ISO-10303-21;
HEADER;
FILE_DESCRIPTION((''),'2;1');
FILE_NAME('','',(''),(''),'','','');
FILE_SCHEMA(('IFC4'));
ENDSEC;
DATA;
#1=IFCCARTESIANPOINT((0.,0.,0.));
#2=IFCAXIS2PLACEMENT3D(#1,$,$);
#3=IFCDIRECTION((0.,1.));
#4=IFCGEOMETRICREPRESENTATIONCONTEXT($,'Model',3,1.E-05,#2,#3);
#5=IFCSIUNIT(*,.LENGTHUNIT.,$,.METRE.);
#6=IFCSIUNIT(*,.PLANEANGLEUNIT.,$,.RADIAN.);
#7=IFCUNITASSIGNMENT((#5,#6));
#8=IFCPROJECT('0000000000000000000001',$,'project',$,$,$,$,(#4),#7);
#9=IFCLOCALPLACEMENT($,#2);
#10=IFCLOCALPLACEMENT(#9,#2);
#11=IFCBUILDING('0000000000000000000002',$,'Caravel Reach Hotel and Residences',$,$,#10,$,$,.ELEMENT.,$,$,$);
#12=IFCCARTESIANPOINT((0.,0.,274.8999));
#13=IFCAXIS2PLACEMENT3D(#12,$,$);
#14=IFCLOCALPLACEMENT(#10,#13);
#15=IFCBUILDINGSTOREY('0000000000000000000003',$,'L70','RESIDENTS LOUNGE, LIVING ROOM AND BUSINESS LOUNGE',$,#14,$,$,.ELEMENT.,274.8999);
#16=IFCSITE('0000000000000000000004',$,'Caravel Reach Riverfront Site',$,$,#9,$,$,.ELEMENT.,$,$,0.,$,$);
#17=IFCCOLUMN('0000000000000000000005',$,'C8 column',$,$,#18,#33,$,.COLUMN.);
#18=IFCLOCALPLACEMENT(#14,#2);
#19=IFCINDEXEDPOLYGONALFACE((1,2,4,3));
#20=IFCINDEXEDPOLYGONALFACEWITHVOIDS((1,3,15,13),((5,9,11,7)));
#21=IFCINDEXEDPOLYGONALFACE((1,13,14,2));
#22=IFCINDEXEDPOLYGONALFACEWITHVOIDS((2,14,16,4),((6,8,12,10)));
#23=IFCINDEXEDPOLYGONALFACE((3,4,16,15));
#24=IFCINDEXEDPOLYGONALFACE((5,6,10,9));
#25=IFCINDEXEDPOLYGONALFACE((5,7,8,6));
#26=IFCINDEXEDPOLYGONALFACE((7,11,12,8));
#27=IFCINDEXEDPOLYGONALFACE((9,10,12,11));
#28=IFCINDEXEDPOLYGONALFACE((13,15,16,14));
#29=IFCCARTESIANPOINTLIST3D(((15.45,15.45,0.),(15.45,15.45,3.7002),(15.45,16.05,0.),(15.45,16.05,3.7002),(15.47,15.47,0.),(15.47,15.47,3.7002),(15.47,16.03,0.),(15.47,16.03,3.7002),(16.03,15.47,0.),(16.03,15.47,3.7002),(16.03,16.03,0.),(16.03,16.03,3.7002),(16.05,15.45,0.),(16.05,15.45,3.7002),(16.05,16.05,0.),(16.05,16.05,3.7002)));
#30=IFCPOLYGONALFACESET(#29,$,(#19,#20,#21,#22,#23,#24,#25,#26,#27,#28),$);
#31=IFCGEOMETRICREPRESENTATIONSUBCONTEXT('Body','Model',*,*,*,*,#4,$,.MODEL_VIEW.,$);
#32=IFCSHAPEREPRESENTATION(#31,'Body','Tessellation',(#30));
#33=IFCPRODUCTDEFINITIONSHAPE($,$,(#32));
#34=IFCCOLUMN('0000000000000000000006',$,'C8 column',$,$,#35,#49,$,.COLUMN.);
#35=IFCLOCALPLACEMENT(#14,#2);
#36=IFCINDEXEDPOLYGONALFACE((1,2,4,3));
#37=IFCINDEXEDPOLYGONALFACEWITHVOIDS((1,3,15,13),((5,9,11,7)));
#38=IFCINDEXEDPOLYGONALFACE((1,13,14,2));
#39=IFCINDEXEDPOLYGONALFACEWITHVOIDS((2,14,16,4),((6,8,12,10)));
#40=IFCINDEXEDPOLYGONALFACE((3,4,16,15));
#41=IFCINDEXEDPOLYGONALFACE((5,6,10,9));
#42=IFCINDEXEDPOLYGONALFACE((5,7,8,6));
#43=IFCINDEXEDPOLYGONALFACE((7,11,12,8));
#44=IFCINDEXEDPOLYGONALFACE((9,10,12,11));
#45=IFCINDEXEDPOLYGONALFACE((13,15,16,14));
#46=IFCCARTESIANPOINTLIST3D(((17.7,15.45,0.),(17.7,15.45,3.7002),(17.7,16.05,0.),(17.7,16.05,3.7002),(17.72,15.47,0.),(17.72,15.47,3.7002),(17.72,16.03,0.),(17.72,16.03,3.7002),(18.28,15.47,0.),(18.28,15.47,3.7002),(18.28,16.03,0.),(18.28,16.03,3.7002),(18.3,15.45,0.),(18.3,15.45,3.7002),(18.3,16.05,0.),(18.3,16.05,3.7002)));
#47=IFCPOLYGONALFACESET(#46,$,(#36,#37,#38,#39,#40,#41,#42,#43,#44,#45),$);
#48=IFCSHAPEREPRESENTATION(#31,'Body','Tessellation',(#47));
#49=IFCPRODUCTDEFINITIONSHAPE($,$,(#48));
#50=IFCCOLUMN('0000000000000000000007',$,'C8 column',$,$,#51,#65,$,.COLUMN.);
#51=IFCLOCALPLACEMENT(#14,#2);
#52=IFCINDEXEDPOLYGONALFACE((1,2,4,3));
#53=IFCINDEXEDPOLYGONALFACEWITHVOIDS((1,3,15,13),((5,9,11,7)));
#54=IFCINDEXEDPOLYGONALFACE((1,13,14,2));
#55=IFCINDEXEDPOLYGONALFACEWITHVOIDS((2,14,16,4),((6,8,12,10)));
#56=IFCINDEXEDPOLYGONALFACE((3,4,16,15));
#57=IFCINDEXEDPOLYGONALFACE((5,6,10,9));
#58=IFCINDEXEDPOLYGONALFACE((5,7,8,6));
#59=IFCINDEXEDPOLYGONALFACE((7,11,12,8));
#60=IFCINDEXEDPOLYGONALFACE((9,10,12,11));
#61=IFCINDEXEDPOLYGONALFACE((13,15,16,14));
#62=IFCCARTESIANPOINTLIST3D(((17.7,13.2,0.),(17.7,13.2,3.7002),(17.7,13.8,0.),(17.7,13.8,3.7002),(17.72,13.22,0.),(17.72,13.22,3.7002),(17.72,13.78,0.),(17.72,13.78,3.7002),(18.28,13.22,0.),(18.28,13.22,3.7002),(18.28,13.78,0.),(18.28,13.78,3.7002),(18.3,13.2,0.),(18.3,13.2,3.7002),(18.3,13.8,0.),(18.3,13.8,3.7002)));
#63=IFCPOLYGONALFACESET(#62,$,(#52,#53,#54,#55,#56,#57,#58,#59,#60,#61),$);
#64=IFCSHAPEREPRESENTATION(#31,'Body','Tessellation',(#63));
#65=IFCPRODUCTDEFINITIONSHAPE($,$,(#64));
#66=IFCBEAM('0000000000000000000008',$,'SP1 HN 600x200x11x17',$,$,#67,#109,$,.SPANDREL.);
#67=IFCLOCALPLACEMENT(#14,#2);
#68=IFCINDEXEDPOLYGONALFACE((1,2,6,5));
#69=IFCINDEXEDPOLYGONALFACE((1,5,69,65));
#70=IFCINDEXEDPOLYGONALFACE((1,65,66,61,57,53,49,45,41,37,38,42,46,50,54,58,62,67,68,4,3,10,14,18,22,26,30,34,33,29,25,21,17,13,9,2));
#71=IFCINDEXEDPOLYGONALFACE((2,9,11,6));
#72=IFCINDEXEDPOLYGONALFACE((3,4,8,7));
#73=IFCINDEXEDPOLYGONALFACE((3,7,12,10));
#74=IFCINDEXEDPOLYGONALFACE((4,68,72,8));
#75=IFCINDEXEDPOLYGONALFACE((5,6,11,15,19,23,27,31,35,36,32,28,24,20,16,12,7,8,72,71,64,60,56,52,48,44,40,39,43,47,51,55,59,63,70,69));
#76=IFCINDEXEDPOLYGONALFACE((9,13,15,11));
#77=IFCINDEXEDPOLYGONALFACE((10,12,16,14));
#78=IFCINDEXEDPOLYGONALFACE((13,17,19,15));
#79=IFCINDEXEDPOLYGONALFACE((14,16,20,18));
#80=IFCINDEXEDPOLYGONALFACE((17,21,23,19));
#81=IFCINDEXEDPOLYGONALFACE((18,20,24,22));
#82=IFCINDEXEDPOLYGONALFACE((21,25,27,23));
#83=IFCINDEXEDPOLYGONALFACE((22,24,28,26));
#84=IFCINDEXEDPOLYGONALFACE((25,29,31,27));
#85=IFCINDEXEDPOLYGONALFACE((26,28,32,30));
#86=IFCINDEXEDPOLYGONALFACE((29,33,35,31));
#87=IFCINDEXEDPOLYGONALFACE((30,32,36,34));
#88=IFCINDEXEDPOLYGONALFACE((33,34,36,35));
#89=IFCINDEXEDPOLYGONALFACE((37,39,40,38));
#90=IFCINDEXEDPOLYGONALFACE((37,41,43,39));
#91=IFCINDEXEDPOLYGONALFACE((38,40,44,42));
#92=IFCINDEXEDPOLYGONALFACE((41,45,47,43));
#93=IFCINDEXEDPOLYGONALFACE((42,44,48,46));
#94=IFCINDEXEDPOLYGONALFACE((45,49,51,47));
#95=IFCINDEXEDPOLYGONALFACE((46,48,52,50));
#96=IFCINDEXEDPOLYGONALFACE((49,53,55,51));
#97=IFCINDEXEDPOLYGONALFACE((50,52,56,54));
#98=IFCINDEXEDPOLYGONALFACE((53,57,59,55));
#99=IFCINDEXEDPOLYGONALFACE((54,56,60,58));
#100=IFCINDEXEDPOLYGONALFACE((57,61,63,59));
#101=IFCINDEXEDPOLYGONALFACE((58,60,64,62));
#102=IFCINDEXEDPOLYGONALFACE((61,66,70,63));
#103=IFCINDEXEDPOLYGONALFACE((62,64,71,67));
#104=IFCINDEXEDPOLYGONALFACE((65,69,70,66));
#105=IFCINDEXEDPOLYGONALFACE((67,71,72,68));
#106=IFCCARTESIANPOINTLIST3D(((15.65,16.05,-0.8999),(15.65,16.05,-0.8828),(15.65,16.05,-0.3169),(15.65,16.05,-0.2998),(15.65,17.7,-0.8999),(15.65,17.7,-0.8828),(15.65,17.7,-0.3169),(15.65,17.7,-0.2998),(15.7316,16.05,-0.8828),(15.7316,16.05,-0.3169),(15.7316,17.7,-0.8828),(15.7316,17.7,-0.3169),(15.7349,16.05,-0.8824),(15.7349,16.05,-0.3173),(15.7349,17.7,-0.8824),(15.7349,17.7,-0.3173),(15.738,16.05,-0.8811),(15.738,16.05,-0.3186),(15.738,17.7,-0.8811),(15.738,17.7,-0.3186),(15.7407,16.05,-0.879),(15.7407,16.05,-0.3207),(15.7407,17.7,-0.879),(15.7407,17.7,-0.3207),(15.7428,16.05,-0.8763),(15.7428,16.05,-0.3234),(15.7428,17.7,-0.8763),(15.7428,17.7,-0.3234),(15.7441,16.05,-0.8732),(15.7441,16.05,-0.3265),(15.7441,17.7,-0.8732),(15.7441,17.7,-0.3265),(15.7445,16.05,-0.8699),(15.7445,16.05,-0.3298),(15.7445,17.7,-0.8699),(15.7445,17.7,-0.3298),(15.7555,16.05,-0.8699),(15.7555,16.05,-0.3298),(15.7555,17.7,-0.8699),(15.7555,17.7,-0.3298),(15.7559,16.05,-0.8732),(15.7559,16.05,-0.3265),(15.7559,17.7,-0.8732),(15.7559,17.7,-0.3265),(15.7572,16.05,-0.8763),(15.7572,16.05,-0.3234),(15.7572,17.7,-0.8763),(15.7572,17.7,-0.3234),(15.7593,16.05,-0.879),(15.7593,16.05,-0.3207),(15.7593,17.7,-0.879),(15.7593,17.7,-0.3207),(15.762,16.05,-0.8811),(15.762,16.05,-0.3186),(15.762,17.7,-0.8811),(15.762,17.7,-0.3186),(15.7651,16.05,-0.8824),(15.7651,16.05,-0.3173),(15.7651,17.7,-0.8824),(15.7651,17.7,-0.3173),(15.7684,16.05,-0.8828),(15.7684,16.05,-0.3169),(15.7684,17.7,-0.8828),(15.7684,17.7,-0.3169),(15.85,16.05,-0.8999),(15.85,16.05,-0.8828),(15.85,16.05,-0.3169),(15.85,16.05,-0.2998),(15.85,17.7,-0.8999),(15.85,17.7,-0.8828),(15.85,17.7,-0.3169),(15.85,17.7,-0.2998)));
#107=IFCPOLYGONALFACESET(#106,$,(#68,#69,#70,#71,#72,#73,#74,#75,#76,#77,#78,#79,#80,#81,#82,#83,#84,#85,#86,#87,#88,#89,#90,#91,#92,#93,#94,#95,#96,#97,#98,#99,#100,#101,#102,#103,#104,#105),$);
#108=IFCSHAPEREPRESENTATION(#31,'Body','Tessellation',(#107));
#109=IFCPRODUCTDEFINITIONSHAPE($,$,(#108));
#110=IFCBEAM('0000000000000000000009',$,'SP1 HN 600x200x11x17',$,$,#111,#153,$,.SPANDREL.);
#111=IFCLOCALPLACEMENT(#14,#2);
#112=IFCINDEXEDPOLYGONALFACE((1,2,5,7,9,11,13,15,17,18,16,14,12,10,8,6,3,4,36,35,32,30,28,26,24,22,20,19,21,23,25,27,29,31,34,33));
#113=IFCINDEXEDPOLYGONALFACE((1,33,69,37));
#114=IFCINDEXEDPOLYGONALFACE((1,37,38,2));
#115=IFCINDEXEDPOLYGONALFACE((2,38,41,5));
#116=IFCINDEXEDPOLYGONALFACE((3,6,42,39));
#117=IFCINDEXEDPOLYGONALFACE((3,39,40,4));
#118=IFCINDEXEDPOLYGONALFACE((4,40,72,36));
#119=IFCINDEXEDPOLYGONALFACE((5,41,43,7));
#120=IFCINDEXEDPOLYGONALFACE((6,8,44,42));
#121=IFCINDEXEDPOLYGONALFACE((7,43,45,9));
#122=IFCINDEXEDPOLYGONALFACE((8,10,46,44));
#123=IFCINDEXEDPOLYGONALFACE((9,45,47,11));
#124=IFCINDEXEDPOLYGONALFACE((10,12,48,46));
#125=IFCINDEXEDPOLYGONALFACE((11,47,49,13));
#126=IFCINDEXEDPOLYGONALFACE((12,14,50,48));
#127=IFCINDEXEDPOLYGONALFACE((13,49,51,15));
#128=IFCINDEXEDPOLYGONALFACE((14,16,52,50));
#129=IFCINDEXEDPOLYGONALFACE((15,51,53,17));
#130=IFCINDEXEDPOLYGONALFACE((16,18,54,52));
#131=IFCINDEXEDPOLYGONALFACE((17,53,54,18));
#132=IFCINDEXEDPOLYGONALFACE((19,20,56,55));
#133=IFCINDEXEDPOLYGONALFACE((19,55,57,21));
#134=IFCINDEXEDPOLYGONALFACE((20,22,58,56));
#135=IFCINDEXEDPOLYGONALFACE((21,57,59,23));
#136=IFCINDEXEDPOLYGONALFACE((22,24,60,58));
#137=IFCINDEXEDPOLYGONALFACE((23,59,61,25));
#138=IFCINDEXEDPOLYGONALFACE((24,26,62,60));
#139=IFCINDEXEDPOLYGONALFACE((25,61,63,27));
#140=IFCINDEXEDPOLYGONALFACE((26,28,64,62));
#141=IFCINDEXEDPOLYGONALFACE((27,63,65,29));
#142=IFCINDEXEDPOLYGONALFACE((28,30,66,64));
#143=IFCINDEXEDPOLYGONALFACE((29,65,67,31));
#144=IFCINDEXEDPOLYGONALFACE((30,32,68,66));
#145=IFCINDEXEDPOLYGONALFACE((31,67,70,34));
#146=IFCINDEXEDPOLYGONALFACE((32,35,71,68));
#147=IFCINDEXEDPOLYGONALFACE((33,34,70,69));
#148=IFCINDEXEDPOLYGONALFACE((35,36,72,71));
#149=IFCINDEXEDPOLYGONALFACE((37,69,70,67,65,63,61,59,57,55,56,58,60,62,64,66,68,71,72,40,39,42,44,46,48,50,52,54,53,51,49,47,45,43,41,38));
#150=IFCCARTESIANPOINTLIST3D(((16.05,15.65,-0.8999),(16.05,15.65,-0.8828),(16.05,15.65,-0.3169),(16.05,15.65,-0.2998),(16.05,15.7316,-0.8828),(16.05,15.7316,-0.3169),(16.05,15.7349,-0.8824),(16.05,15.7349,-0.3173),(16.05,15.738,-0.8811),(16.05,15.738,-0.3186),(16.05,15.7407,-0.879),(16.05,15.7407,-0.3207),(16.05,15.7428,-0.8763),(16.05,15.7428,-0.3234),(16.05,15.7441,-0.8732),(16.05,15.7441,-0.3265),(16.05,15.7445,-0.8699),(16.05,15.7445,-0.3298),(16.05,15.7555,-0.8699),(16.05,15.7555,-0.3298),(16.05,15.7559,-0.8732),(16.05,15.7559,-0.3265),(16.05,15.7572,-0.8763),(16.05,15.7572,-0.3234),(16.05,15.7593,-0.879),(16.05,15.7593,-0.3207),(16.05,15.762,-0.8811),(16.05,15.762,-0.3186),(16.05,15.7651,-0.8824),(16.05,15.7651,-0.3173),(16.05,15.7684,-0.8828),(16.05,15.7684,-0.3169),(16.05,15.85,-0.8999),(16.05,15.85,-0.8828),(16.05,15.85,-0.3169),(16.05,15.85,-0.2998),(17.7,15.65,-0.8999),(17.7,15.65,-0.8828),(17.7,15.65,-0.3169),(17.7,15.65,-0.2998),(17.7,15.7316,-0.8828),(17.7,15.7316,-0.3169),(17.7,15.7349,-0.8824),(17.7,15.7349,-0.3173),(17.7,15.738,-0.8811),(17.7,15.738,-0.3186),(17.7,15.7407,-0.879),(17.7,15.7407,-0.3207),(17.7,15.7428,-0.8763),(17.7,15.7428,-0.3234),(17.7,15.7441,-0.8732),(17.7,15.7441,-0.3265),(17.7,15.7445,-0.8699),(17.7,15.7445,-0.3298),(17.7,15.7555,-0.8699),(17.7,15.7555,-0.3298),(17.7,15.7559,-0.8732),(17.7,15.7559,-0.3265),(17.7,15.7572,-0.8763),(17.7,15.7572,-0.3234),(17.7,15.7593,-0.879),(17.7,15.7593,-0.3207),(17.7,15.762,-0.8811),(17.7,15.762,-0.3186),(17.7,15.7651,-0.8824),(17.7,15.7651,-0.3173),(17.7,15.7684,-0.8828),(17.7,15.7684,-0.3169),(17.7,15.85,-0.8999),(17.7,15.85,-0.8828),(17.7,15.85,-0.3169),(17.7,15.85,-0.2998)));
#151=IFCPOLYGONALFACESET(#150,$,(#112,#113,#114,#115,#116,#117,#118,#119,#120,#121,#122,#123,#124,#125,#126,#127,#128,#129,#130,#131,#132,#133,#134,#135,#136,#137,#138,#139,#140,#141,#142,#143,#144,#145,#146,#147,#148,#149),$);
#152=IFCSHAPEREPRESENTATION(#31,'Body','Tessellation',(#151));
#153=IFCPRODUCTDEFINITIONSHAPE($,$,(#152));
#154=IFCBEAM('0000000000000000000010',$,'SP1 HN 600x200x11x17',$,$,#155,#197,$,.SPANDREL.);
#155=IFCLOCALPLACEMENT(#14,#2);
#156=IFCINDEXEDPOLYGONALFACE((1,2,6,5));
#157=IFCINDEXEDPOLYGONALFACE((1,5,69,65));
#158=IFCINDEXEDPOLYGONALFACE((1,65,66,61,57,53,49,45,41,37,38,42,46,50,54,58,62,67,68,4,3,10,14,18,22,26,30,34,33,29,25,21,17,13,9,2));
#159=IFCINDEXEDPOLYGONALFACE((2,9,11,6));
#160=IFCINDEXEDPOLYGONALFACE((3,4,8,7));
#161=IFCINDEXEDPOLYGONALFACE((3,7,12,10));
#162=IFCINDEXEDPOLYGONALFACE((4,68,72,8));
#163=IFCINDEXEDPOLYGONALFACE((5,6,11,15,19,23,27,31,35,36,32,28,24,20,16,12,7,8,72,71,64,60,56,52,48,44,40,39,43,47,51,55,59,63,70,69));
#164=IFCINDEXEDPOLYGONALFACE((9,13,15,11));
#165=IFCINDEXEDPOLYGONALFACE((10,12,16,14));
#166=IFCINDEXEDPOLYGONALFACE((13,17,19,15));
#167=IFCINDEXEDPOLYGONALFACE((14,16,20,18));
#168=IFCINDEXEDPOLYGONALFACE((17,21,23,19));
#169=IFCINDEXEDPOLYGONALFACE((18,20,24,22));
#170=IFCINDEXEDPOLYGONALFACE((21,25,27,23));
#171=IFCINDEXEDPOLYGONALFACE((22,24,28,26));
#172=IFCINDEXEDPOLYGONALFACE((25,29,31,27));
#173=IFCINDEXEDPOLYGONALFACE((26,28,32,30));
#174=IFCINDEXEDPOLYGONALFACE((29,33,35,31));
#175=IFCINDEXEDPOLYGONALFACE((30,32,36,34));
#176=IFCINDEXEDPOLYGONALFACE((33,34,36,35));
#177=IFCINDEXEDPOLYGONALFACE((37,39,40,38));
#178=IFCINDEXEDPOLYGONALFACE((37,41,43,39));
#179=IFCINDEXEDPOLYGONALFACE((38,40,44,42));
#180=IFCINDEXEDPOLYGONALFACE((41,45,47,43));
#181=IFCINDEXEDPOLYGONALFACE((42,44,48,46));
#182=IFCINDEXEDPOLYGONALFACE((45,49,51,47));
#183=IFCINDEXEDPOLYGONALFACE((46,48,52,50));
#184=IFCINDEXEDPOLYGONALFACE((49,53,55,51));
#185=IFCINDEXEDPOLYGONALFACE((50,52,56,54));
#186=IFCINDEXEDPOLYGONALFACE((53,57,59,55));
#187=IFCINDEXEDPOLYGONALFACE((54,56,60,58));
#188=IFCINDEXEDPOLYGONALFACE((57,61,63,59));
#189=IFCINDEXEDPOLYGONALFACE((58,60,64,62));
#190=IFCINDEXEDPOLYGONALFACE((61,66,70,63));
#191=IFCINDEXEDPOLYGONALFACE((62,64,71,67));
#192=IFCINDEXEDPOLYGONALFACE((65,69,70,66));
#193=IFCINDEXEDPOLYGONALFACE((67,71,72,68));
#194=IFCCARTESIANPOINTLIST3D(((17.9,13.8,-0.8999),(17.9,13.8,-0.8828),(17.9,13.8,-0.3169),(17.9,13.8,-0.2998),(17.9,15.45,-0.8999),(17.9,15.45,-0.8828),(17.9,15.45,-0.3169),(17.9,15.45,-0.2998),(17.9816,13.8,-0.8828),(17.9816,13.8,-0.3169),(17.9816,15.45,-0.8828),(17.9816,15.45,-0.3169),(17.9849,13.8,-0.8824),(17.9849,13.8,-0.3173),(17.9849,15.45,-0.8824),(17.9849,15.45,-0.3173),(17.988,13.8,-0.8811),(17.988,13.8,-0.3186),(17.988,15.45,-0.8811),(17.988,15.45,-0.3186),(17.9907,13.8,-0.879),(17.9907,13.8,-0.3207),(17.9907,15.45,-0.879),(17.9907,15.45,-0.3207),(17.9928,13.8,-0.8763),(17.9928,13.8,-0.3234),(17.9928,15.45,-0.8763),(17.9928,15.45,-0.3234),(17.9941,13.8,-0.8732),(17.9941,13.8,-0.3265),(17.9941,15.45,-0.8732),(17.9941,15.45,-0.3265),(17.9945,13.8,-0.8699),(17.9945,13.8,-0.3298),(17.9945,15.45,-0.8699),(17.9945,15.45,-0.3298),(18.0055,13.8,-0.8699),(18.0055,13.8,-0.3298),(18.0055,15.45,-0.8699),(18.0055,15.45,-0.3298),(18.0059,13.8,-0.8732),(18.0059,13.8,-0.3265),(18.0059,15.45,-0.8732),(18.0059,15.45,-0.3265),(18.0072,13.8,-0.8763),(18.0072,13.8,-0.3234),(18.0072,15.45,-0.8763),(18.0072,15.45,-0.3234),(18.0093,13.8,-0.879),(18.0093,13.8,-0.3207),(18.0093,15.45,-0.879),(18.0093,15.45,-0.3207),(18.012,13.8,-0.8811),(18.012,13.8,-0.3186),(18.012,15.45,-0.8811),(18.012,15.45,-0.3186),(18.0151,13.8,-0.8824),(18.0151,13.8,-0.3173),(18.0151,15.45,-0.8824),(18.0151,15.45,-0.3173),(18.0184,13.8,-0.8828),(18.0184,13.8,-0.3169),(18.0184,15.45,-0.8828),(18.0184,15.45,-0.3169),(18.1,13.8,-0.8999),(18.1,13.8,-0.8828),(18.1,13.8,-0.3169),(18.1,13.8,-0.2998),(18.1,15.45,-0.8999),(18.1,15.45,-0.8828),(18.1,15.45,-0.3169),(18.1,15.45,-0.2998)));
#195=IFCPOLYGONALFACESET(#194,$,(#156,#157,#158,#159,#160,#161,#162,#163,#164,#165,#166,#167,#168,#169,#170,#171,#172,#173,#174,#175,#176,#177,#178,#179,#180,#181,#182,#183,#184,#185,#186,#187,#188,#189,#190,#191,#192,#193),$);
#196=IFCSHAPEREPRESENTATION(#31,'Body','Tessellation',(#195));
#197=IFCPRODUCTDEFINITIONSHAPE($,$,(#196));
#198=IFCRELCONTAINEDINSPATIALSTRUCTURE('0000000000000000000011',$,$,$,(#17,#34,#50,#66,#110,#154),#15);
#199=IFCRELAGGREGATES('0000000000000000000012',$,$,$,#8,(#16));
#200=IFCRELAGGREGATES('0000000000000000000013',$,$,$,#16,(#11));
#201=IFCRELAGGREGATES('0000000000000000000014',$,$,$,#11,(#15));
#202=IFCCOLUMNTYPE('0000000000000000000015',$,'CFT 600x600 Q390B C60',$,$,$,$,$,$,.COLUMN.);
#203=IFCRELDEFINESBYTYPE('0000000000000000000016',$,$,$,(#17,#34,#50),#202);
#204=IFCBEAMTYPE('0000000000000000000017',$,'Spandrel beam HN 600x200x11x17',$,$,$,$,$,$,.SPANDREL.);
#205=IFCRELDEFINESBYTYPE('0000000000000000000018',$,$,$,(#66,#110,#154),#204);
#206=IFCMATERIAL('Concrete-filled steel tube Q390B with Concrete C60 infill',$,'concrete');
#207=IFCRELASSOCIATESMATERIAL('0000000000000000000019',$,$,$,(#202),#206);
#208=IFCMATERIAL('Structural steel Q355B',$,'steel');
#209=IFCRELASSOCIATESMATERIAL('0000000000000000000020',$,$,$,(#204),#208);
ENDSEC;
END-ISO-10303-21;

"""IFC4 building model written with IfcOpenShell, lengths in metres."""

from ifc_helpers import new_model, si_unit, direction, frame, origin, origin_2d, place, context, subcontext, project, spatial, hollow_rectangle, i_section, extrude, material, material_profile, profile_set, type_object, element, save


model = new_model("IFC4")

# Units and contexts
model_context = context("Model", 3, precision=1e-05, world=origin(), true_north=direction((0.0, 1.0)))
body_context = subcontext(model_context, "Body", "Model", "MODEL_VIEW")
ifc_project = project(units=[si_unit("LENGTHUNIT", "METRE"), si_unit("PLANEANGLEUNIT", "RADIAN")], contexts=[model_context])

# Site, building, storey
site_placement = place(None, origin())
site = spatial("IfcSite", under=ifc_project, at=site_placement, Name="Caravel Reach Riverfront Site", CompositionType="ELEMENT", RefElevation=0.0)
building_placement = place(site_placement, origin())
building = spatial("IfcBuilding", under=site, at=building_placement, Name="Caravel Reach Hotel and Residences", CompositionType="ELEMENT")
storey_placement = place(building_placement, frame((0.0, 0.0, 274.8999)))
storey = spatial("IfcBuildingStorey", under=building, at=storey_placement, Name="L70", Description="RESIDENTS LOUNGE, LIVING ROOM AND BUSINESS LOUNGE", CompositionType="ELEMENT", Elevation=274.8999)

# Columns
ifc_material_1 = material(Name="Concrete-filled steel tube Q390B with Concrete C60 infill", Category="concrete")
ifc_material_profile_1 = material_profile(ifc_material_1, hollow_rectangle(XDim=0.6001, YDim=0.6001, WallThickness=0.02, at=origin_2d()), Name="RHS 600x600x20")
ifc_profile_set_1 = profile_set([ifc_material_profile_1], Name="Concrete-filled steel tube Q390B with Concrete C60 infill")
column_type = type_object("IfcColumnType", Name="CFT 600x600 Q390B C60", PredefinedType="COLUMN", material=ifc_profile_set_1)
for number, where, z_axis, x_axis, name in (
    (1, (15.75, 15.75, 0.0), (0.0, 0.0, 1.0), (1.0, 0.0, 0.0), "C8 column"),
    (2, (18.0, 15.75, 0.0), (0.0, 0.0, 1.0), (1.0, 0.0, 0.0), "C8 column"),
    (3, (18.0, 13.5, 0.0), (0.0, 0.0, 1.0), (1.0, 0.0, 0.0), "C8 column"),
):
    element("IfcColumn", number, at=place(storey_placement, frame(where, z_axis=z_axis, x_axis=x_axis)), inside=storey, type_object=column_type, Name=name, PredefinedType="COLUMN", context=body_context, shape_type="SweptSolid", body=[
        extrude(hollow_rectangle(XDim=0.6001, YDim=0.6001, WallThickness=0.02, at=origin_2d()), origin(), (0.0, 0.0, 1.0), 3.7002),
    ])

# Beams
ifc_material_2 = material(Name="Structural steel Q355B", Category="steel")
ifc_material_profile_2 = material_profile(ifc_material_2, i_section(OverallWidth=0.2, OverallDepth=0.6001, WebThickness=0.011, FlangeThickness=0.0171, FilletRadius=0.0129, at=origin_2d()), Name="HN 600x200x11x17")
ifc_profile_set_2 = profile_set([ifc_material_profile_2], Name="Structural steel Q355B")
beam_type = type_object("IfcBeamType", Name="Spandrel beam HN 600x200x11x17", PredefinedType="SPANDREL", material=ifc_profile_set_2)
for number, where, z_axis, x_axis, name in (
    (4, (15.75, 17.7, -0.5999), (0.0, -1.0, 0.0), (1.0, 0.0, 0.0), "SP1 HN 600x200x11x17"),
    (5, (16.05, 15.75, -0.5999), (1.0, 0.0, 0.0), (0.0, 1.0, 0.0), "SP1 HN 600x200x11x17"),
    (6, (18.0, 15.45, -0.5999), (0.0, -1.0, 0.0), (1.0, 0.0, 0.0), "SP1 HN 600x200x11x17"),
):
    element("IfcBeam", number, at=place(storey_placement, frame(where, z_axis=z_axis, x_axis=x_axis)), inside=storey, type_object=beam_type, Name=name, PredefinedType="SPANDREL", context=body_context, shape_type="SweptSolid", body=[
        extrude(i_section(OverallWidth=0.2, OverallDepth=0.6001, WebThickness=0.011, FlangeThickness=0.0171, FilletRadius=0.0129, at=origin_2d()), origin(), (0.0, 0.0, 1.0), 1.6499),
    ])

save(model, "model.ifc")
